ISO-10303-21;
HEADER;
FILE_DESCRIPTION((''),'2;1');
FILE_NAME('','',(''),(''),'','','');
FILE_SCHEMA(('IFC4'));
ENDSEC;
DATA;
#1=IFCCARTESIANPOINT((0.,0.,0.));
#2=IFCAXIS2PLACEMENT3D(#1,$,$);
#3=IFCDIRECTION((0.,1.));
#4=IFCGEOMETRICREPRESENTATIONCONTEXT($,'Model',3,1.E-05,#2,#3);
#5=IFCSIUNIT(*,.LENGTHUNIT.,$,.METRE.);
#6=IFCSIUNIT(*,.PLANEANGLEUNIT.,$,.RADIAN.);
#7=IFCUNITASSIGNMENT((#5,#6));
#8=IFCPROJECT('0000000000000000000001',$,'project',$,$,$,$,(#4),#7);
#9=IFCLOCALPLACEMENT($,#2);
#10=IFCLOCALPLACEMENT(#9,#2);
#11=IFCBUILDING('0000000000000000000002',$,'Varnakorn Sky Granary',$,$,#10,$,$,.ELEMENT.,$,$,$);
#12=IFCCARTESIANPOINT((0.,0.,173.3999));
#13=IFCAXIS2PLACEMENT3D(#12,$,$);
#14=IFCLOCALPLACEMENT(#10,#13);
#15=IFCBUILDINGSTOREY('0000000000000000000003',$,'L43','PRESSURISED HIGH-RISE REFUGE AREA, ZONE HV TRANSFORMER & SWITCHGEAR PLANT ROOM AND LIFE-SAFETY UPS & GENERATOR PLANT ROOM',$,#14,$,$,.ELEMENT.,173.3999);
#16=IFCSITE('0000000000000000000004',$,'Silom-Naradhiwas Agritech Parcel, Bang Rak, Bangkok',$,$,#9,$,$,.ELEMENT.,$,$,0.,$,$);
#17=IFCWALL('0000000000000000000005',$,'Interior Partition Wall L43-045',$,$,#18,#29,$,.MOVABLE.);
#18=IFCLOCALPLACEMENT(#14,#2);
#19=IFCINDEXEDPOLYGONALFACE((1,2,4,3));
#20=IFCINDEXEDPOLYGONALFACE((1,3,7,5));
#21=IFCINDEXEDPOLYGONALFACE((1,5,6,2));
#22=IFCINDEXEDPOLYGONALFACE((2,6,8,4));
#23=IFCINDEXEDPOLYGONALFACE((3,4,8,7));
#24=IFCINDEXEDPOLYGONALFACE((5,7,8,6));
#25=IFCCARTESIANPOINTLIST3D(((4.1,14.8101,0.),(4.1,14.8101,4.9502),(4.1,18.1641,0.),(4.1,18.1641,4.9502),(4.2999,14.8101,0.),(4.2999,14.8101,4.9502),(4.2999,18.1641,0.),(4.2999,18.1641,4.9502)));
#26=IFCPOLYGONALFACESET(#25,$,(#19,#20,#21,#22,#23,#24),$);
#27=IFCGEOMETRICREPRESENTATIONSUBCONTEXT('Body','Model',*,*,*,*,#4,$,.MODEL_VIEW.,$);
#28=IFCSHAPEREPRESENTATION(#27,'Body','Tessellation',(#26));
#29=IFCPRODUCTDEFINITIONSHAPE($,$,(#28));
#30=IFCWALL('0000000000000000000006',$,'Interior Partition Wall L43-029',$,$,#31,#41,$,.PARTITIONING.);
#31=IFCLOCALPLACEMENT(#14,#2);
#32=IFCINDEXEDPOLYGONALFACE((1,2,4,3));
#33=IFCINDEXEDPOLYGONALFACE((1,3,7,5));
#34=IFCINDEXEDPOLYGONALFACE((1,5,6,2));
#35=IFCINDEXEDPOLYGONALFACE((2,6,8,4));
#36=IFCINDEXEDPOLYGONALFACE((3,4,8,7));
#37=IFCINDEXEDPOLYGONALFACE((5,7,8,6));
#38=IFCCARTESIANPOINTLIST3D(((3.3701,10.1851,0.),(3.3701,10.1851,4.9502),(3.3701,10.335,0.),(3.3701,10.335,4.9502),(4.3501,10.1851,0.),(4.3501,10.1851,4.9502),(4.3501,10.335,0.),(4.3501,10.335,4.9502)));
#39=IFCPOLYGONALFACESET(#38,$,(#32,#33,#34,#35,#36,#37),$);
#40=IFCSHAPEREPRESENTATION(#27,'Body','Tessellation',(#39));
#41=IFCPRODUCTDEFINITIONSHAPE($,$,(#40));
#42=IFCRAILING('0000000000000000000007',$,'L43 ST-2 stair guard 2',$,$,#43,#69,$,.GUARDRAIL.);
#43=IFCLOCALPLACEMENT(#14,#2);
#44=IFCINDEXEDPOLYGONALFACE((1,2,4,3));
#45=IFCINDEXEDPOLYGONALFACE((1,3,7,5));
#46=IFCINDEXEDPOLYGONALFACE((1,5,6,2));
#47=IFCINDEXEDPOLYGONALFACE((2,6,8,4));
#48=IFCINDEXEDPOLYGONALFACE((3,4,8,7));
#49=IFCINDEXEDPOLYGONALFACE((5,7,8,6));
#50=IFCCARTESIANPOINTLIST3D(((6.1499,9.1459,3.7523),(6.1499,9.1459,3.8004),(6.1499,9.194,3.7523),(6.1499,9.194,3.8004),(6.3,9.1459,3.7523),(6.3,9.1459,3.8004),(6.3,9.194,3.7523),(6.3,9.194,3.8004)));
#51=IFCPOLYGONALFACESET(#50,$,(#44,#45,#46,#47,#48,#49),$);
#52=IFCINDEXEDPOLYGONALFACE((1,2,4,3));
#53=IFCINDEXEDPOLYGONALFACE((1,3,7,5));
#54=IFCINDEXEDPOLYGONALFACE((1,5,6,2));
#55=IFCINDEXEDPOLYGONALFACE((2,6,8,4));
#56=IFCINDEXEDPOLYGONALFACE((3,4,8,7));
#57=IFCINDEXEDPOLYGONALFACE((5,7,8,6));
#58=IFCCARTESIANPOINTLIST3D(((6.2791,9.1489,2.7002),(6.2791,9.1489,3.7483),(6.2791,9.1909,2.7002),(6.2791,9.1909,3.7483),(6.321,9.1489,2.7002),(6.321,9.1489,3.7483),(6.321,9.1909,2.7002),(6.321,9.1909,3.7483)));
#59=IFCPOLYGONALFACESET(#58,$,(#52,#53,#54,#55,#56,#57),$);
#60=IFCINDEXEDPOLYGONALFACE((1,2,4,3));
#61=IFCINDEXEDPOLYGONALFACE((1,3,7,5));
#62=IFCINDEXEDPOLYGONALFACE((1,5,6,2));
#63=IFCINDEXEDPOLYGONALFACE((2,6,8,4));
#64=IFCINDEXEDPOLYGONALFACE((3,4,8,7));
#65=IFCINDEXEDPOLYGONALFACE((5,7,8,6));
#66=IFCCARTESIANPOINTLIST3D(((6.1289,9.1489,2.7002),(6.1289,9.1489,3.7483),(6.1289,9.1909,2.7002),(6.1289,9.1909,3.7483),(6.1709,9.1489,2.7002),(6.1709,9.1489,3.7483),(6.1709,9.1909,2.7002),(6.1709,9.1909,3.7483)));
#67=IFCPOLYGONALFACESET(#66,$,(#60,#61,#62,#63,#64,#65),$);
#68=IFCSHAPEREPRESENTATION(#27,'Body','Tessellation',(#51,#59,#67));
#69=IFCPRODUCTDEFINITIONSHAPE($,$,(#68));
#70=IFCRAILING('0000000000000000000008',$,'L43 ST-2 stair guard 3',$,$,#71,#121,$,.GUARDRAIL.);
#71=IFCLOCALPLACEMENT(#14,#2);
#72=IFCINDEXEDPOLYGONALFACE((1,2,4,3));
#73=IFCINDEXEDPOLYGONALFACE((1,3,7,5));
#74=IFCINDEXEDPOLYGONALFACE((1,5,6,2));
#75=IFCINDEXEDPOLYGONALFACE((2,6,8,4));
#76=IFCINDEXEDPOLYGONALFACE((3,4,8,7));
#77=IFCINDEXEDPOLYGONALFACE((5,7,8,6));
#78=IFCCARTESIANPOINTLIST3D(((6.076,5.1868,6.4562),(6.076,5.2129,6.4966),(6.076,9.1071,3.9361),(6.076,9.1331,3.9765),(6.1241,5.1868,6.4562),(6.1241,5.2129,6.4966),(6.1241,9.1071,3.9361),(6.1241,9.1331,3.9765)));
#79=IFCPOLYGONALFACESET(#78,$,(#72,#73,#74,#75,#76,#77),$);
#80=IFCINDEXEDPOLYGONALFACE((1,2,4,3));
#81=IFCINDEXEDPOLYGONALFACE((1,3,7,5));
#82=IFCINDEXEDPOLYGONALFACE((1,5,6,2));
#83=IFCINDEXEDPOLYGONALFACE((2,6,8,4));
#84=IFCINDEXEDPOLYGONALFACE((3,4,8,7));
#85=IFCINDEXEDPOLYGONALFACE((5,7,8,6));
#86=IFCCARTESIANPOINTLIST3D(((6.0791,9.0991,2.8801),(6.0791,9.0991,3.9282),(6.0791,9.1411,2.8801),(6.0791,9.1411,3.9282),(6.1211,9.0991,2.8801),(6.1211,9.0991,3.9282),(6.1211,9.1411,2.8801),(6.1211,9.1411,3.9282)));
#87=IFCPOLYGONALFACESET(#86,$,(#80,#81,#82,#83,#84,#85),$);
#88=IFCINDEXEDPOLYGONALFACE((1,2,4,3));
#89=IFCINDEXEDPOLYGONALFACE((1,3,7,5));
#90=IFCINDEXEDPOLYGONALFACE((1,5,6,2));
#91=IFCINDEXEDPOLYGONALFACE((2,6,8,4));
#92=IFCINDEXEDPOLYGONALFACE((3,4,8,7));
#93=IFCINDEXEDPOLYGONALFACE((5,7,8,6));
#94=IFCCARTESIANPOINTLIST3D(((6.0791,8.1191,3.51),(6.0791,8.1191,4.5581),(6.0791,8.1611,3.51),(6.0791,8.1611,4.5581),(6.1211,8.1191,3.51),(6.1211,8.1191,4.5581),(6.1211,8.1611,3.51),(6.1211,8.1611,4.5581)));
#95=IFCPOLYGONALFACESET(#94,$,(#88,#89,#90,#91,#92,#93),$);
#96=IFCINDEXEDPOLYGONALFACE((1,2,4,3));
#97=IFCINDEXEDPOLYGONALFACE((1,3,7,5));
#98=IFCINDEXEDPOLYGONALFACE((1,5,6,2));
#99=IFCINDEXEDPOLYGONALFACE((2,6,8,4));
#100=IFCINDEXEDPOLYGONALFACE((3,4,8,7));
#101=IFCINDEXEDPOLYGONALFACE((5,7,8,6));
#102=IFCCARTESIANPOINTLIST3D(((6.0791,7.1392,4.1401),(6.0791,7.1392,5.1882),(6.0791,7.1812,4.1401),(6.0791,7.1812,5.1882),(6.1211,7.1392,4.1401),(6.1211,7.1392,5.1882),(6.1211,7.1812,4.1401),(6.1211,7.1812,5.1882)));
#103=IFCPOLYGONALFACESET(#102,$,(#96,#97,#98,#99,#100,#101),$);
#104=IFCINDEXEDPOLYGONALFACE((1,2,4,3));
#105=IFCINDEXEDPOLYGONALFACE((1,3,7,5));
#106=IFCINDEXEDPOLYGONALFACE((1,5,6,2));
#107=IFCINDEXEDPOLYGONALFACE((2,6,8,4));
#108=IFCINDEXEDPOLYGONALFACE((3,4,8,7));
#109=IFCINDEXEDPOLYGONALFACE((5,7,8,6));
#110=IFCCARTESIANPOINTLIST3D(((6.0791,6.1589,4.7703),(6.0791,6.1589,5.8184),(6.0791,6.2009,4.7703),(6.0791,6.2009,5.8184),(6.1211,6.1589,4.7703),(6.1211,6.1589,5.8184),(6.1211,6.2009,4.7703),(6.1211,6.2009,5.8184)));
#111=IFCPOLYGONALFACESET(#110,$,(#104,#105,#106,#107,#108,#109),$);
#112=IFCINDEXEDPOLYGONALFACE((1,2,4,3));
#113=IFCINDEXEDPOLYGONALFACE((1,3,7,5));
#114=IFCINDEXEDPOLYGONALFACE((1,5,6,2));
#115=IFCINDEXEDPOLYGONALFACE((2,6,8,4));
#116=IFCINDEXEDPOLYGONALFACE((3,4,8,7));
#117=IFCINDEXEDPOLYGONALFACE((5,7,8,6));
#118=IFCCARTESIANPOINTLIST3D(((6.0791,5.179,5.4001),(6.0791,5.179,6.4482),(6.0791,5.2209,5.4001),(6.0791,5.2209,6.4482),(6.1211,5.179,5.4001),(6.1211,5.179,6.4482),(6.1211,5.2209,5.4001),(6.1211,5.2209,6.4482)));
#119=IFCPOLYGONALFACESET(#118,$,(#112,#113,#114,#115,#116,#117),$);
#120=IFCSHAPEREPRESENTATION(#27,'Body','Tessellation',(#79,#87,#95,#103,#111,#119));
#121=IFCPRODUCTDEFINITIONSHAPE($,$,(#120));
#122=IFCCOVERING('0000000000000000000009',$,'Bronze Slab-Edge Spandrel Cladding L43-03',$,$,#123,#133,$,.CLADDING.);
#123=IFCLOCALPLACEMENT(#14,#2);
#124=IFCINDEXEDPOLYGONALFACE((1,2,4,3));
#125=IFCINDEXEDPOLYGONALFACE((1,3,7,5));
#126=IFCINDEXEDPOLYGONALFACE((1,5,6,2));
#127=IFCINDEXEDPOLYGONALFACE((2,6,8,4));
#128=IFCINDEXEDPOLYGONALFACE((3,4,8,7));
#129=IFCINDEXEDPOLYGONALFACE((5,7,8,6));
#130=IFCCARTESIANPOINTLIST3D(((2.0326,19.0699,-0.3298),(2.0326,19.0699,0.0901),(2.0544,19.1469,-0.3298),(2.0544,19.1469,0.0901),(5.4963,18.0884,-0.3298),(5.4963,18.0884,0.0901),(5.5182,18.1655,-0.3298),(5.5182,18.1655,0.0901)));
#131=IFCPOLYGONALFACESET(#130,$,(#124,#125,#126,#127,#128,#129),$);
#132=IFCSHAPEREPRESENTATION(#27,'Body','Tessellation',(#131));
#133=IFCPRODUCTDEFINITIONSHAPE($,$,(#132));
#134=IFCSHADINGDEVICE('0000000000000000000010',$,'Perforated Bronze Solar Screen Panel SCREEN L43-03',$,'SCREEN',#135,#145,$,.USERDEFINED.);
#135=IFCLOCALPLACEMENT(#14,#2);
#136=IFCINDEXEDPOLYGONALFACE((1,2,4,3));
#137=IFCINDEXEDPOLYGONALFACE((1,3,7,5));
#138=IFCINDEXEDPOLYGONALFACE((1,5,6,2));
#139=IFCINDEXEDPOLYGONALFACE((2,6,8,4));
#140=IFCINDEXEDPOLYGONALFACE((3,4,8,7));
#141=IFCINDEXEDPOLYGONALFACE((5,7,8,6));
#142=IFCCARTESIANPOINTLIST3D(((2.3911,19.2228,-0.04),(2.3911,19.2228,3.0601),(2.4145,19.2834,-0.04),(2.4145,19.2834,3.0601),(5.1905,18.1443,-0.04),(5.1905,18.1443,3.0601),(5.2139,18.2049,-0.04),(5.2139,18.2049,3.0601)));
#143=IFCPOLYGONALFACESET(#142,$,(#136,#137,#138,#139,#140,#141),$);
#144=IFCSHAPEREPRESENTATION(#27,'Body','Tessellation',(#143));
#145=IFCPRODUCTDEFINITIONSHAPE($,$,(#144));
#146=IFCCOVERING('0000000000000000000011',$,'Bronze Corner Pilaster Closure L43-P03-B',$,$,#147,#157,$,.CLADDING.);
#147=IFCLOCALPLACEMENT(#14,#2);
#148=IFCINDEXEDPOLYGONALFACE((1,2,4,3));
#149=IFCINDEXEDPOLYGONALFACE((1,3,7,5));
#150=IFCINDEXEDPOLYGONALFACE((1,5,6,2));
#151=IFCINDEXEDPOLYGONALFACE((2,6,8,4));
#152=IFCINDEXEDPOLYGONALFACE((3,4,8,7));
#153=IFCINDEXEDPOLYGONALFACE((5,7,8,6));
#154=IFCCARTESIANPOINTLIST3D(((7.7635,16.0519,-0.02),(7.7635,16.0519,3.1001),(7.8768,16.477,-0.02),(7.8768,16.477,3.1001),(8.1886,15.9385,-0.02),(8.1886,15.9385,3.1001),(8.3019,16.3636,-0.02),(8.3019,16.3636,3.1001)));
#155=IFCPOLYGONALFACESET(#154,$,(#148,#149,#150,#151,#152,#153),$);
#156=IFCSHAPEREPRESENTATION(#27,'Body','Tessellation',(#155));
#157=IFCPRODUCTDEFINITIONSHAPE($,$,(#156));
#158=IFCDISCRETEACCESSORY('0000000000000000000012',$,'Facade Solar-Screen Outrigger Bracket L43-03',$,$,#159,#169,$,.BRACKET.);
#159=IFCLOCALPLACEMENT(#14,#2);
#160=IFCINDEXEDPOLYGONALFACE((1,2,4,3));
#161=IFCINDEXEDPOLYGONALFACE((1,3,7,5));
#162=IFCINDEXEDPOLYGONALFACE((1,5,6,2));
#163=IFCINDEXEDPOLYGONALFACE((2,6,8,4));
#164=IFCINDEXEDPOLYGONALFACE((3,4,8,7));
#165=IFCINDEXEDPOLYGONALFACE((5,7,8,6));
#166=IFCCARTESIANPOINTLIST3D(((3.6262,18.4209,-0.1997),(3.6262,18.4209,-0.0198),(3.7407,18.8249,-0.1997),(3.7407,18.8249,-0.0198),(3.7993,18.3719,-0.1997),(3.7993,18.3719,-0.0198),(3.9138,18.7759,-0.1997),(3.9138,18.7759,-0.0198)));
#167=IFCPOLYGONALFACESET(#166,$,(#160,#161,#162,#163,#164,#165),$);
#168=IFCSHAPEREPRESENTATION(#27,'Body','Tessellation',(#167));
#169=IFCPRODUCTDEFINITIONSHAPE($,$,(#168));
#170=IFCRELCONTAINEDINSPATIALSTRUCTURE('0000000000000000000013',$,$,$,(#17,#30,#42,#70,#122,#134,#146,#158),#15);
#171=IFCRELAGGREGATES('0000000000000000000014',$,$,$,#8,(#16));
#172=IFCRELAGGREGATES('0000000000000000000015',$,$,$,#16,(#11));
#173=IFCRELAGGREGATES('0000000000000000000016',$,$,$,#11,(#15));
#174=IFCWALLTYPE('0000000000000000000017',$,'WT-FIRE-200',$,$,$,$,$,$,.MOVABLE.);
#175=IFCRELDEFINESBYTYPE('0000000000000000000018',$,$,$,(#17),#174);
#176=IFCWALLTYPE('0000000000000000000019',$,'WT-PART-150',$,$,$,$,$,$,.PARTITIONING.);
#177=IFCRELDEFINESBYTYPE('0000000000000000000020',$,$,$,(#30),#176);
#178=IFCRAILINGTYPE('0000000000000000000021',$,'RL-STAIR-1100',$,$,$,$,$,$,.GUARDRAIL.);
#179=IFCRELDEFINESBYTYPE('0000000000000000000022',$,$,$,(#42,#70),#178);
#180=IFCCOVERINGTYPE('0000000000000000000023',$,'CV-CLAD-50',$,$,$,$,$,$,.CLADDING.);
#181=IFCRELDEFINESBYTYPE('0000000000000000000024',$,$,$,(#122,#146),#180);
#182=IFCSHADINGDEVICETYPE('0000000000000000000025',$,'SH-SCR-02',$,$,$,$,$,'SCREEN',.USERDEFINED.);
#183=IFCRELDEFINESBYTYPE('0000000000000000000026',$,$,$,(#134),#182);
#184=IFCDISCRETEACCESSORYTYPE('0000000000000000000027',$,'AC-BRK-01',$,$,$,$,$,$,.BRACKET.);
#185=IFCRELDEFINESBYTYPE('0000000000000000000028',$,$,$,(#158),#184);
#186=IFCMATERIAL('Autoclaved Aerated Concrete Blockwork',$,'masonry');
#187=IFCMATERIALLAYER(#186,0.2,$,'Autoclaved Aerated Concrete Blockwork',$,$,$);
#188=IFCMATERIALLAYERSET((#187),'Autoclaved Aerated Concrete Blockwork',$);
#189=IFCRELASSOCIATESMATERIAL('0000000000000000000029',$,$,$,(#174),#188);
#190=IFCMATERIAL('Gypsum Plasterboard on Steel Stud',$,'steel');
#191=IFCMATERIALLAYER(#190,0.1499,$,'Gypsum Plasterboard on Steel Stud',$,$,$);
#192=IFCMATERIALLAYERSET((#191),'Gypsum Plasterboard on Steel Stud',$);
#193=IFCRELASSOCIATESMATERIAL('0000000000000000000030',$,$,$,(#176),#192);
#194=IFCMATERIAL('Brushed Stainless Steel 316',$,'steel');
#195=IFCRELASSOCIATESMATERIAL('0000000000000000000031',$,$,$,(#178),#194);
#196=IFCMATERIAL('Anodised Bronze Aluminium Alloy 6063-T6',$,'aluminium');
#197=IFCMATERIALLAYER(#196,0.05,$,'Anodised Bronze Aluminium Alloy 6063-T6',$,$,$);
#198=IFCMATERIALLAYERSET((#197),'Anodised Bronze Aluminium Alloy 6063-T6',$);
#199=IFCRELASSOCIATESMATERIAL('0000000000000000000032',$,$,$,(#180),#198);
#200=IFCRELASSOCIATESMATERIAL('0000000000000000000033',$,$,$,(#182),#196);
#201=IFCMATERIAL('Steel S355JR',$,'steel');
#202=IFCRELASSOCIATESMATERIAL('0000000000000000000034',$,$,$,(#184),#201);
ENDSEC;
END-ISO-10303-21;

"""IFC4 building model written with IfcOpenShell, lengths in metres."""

from ifc_helpers import new_model, si_unit, direction, frame, frame_2d, origin, origin_2d, place, context, subcontext, project, spatial, rectangle, extrude, source, transform, mapped, material, layer, layer_set, type_object, type_shapes, element, save


model = new_model("IFC4")

# Units and contexts
model_context = context("Model", 3, precision=1e-05, world=origin(), true_north=direction((0.0, 1.0)))
body_context = subcontext(model_context, "Body", "Model", "MODEL_VIEW")
ifc_project = project(units=[si_unit("LENGTHUNIT", "METRE"), si_unit("PLANEANGLEUNIT", "RADIAN")], contexts=[model_context])

# Site, building, storey
site_placement = place(None, origin())
site = spatial("IfcSite", under=ifc_project, at=site_placement, Name="Silom-Naradhiwas Agritech Parcel, Bang Rak, Bangkok", CompositionType="ELEMENT", RefElevation=0.0)
building_placement = place(site_placement, origin())
building = spatial("IfcBuilding", under=site, at=building_placement, Name="Varnakorn Sky Granary", CompositionType="ELEMENT")
storey_placement = place(building_placement, frame((0.0, 0.0, 173.3999)))
storey = spatial("IfcBuildingStorey", under=building, at=storey_placement, Name="L43", Description="PRESSURISED HIGH-RISE REFUGE AREA, ZONE HV TRANSFORMER & SWITCHGEAR PLANT ROOM AND LIFE-SAFETY UPS & GENERATOR PLANT ROOM", CompositionType="ELEMENT", Elevation=173.3999)

# Shared definitions
ifc_material_1 = material(Name="Steel S355JR", Category="steel")

# Shared definitions
ifc_material_2 = material(Name="Autoclaved Aerated Concrete Blockwork", Category="masonry")
ifc_layer_1 = layer(ifc_material_2, 0.2, Name="Autoclaved Aerated Concrete Blockwork")
ifc_layer_set_1 = layer_set([ifc_layer_1], Name="Autoclaved Aerated Concrete Blockwork")
wall_type_1 = type_object("IfcWallType", Name="WT-FIRE-200", PredefinedType="MOVABLE", material=ifc_layer_set_1)

# Walls
wall_1_placement = place(storey_placement, frame((4.2, 14.8101, 0.0), z_axis=(0.0, 0.0, 1.0), x_axis=(0.0, 1.0, 0.0)))
element("IfcWall", 1, at=wall_1_placement, inside=storey, type_object=wall_type_1, Name="Interior Partition Wall L43-045", PredefinedType="MOVABLE", context=body_context, shape_type="SweptSolid", body=[
    extrude(rectangle(XDim=3.354, YDim=0.2, at=frame_2d((1.677, 0.0))), origin(), (0.0, 0.0, 1.0), 4.9502),
])
ifc_material_3 = material(Name="Gypsum Plasterboard on Steel Stud", Category="steel")
ifc_layer_2 = layer(ifc_material_3, 0.1499, Name="Gypsum Plasterboard on Steel Stud")
ifc_layer_set_2 = layer_set([ifc_layer_2], Name="Gypsum Plasterboard on Steel Stud")
wall_type_2 = type_object("IfcWallType", Name="WT-PART-150", PredefinedType="PARTITIONING", material=ifc_layer_set_2)
wall_2_placement = place(storey_placement, frame((3.3701, 10.26, 0.0), z_axis=(0.0, 0.0, 1.0), x_axis=(1.0, 0.0, 0.0)))
element("IfcWall", 2, at=wall_2_placement, inside=storey, type_object=wall_type_2, Name="Interior Partition Wall L43-029", PredefinedType="PARTITIONING", context=body_context, shape_type="SweptSolid", body=[
    extrude(rectangle(XDim=0.98, YDim=0.1499, at=frame_2d((0.49, 0.0))), origin(), (0.0, 0.0, 1.0), 4.9502),
])

# Railings
ifc_material_4 = material(Name="Brushed Stainless Steel 316", Category="steel")
railing_type = type_object("IfcRailingType", Name="RL-STAIR-1100", PredefinedType="GUARDRAIL", material=ifc_material_4)
railing_1_placement = place(storey_placement, frame((6.3, 9.1699, 2.7002)))
element("IfcRailing", 3, at=railing_1_placement, inside=storey, type_object=railing_type, Name="L43 ST-2 stair guard 2", PredefinedType="GUARDRAIL", context=body_context, shape_type="SweptSolid", body=[
    extrude(rectangle(XDim=0.0481, YDim=0.0481, at=origin_2d()), frame((0.0, 0.0, 1.0762), z_axis=(-1.0, 0.0, 0.0), x_axis=(0.0, -1.0, 0.0)), (0.0, 0.0, 1.0), 0.1501),
    extrude(rectangle(XDim=0.042, YDim=0.042, at=origin_2d()), origin(), (0.0, 0.0, 1.0), 1.0481),
    extrude(rectangle(XDim=0.042, YDim=0.042, at=origin_2d()), frame((-0.1501, 0.0, 0.0)), (0.0, 0.0, 1.0), 1.0481),
])
railing_2_placement = place(storey_placement, frame((6.1001, 9.1201, 2.8801)))
element("IfcRailing", 4, at=railing_2_placement, inside=storey, type_object=railing_type, Name="L43 ST-2 stair guard 3", PredefinedType="GUARDRAIL", context=body_context, shape_type="SweptSolid", body=[
    extrude(rectangle(XDim=0.0481, YDim=0.0481, at=origin_2d()), frame((0.0, 0.0, 1.0762), z_axis=(0.0, -0.841187, 0.540744), x_axis=(1.0, 0.0, 0.0)), (0.0, 0.0, 1.0), 4.6604),
    extrude(rectangle(XDim=0.042, YDim=0.042, at=origin_2d()), origin(), (0.0, 0.0, 1.0), 1.0481),
    extrude(rectangle(XDim=0.042, YDim=0.042, at=origin_2d()), frame((0.0, -0.98, 0.6299)), (0.0, 0.0, 1.0), 1.0481),
    extrude(rectangle(XDim=0.042, YDim=0.042, at=origin_2d()), frame((0.0, -1.96, 1.26)), (0.0, 0.0, 1.0), 1.0481),
    extrude(rectangle(XDim=0.042, YDim=0.042, at=origin_2d()), frame((0.0, -2.9402, 1.8901)), (0.0, 0.0, 1.0), 1.0481),
    extrude(rectangle(XDim=0.042, YDim=0.042, at=origin_2d()), frame((0.0, -3.9202, 2.52)), (0.0, 0.0, 1.0), 1.0481),
])

# Covering
ifc_material_5 = material(Name="Anodised Bronze Aluminium Alloy 6063-T6", Category="aluminium")
ifc_layer_3 = layer(ifc_material_5, 0.05, Name="Anodised Bronze Aluminium Alloy 6063-T6")
ifc_layer_set_3 = layer_set([ifc_layer_3], Name="Anodised Bronze Aluminium Alloy 6063-T6")
covering_type = type_object("IfcCoveringType", Name="CV-CLAD-50", PredefinedType="CLADDING", material=ifc_layer_set_3)
shared_shape_1 = source(origin(), body_context, "Body", "SweptSolid", [
    extrude(rectangle(XDim=3.6001, YDim=0.0801, at=origin_2d()), origin(), (0.0, 0.0, 1.0), 0.4199),
])
covering_1_placement = place(storey_placement, frame((3.7754, 18.6177, -0.3298), z_axis=(0.0, 0.0, 1.0), x_axis=(-0.962122, 0.272619, 0.0)))
element("IfcCovering", 5, at=covering_1_placement, inside=storey, type_object=covering_type, Name="Bronze Slab-Edge Spandrel Cladding L43-03", PredefinedType="CLADDING", context=body_context, shape_type="MappedRepresentation", body=[
    mapped(shared_shape_1, transform((0.0, 0.0, 0.0), x_axis=(1.0, 0.0, 0.0), y_axis=(0.0, 1.0, 0.0), z_axis=(0.0, 0.0, 1.0), scale=1.0)),
])

# Shading device
shading_device_type = type_object("IfcShadingDeviceType", Name="SH-SCR-02", ElementType="SCREEN", PredefinedType="USERDEFINED", material=ifc_material_5)
shared_shape_2 = source(origin(), body_context, "Body", "SweptSolid", [
    extrude(rectangle(XDim=3.0, YDim=0.0649, at=origin_2d()), origin(), (0.0, 0.0, 1.0), 3.1001),
])
type_shapes(shading_device_type, [shared_shape_2])
shading_device_placement = place(storey_placement, frame((3.8025, 18.7139, -0.04), z_axis=(0.0, 0.0, 1.0), x_axis=(-0.933141, 0.359511, 0.0)))
element("IfcShadingDevice", 6, at=shading_device_placement, inside=storey, type_object=shading_device_type, Name="Perforated Bronze Solar Screen Panel SCREEN L43-03", ObjectType="SCREEN", PredefinedType="USERDEFINED", context=body_context, shape_type="MappedRepresentation", body=[
    mapped(shared_shape_2, transform((0.0, 0.0, 0.0), x_axis=(1.0, 0.0, 0.0), y_axis=(0.0, 1.0, 0.0), z_axis=(0.0, 0.0, 1.0), scale=1.0)),
])

# Covering
shared_shape_3 = source(origin(), body_context, "Body", "SweptSolid", [
    extrude(rectangle(XDim=0.4399, YDim=0.4399, at=origin_2d()), origin(), (0.0, 0.0, 1.0), 3.1201),
])
type_shapes(covering_type, [shared_shape_1, shared_shape_3])
covering_2_placement = place(storey_placement, frame((8.0327, 16.2078, -0.02), z_axis=(0.0, 0.0, 1.0), x_axis=(0.966241, -0.257639, 0.0)))
element("IfcCovering", 7, at=covering_2_placement, inside=storey, type_object=covering_type, Name="Bronze Corner Pilaster Closure L43-P03-B", PredefinedType="CLADDING", context=body_context, shape_type="MappedRepresentation", body=[
    mapped(shared_shape_3, transform((0.0, 0.0, 0.0), x_axis=(1.0, 0.0, 0.0), y_axis=(0.0, 1.0, 0.0), z_axis=(0.0, 0.0, 1.0), scale=1.0)),
])

# Discrete accessory
discrete_accessory_type = type_object("IfcDiscreteAccessoryType", Name="AC-BRK-01", PredefinedType="BRACKET", material=ifc_material_1)
shared_shape_4 = source(origin(), body_context, "Body", "SweptSolid", [
    extrude(rectangle(XDim=0.1799, YDim=0.4199, at=origin_2d()), origin(), (0.0, 0.0, 1.0), 0.1799),
])
type_shapes(discrete_accessory_type, [shared_shape_4])
discrete_accessory_placement = place(storey_placement, frame((3.77, 18.5984, -0.1997), z_axis=(0.0, 0.0, 1.0), x_axis=(-0.962122, 0.272619, 0.0)))
element("IfcDiscreteAccessory", 8, at=discrete_accessory_placement, inside=storey, type_object=discrete_accessory_type, Name="Facade Solar-Screen Outrigger Bracket L43-03", PredefinedType="BRACKET", context=body_context, shape_type="MappedRepresentation", body=[
    mapped(shared_shape_4, transform((0.0, 0.0, 0.0), x_axis=(1.0, 0.0, 0.0), y_axis=(0.0, 1.0, 0.0), z_axis=(0.0, 0.0, 1.0), scale=1.0)),
])

save(model, "model.ifc")
